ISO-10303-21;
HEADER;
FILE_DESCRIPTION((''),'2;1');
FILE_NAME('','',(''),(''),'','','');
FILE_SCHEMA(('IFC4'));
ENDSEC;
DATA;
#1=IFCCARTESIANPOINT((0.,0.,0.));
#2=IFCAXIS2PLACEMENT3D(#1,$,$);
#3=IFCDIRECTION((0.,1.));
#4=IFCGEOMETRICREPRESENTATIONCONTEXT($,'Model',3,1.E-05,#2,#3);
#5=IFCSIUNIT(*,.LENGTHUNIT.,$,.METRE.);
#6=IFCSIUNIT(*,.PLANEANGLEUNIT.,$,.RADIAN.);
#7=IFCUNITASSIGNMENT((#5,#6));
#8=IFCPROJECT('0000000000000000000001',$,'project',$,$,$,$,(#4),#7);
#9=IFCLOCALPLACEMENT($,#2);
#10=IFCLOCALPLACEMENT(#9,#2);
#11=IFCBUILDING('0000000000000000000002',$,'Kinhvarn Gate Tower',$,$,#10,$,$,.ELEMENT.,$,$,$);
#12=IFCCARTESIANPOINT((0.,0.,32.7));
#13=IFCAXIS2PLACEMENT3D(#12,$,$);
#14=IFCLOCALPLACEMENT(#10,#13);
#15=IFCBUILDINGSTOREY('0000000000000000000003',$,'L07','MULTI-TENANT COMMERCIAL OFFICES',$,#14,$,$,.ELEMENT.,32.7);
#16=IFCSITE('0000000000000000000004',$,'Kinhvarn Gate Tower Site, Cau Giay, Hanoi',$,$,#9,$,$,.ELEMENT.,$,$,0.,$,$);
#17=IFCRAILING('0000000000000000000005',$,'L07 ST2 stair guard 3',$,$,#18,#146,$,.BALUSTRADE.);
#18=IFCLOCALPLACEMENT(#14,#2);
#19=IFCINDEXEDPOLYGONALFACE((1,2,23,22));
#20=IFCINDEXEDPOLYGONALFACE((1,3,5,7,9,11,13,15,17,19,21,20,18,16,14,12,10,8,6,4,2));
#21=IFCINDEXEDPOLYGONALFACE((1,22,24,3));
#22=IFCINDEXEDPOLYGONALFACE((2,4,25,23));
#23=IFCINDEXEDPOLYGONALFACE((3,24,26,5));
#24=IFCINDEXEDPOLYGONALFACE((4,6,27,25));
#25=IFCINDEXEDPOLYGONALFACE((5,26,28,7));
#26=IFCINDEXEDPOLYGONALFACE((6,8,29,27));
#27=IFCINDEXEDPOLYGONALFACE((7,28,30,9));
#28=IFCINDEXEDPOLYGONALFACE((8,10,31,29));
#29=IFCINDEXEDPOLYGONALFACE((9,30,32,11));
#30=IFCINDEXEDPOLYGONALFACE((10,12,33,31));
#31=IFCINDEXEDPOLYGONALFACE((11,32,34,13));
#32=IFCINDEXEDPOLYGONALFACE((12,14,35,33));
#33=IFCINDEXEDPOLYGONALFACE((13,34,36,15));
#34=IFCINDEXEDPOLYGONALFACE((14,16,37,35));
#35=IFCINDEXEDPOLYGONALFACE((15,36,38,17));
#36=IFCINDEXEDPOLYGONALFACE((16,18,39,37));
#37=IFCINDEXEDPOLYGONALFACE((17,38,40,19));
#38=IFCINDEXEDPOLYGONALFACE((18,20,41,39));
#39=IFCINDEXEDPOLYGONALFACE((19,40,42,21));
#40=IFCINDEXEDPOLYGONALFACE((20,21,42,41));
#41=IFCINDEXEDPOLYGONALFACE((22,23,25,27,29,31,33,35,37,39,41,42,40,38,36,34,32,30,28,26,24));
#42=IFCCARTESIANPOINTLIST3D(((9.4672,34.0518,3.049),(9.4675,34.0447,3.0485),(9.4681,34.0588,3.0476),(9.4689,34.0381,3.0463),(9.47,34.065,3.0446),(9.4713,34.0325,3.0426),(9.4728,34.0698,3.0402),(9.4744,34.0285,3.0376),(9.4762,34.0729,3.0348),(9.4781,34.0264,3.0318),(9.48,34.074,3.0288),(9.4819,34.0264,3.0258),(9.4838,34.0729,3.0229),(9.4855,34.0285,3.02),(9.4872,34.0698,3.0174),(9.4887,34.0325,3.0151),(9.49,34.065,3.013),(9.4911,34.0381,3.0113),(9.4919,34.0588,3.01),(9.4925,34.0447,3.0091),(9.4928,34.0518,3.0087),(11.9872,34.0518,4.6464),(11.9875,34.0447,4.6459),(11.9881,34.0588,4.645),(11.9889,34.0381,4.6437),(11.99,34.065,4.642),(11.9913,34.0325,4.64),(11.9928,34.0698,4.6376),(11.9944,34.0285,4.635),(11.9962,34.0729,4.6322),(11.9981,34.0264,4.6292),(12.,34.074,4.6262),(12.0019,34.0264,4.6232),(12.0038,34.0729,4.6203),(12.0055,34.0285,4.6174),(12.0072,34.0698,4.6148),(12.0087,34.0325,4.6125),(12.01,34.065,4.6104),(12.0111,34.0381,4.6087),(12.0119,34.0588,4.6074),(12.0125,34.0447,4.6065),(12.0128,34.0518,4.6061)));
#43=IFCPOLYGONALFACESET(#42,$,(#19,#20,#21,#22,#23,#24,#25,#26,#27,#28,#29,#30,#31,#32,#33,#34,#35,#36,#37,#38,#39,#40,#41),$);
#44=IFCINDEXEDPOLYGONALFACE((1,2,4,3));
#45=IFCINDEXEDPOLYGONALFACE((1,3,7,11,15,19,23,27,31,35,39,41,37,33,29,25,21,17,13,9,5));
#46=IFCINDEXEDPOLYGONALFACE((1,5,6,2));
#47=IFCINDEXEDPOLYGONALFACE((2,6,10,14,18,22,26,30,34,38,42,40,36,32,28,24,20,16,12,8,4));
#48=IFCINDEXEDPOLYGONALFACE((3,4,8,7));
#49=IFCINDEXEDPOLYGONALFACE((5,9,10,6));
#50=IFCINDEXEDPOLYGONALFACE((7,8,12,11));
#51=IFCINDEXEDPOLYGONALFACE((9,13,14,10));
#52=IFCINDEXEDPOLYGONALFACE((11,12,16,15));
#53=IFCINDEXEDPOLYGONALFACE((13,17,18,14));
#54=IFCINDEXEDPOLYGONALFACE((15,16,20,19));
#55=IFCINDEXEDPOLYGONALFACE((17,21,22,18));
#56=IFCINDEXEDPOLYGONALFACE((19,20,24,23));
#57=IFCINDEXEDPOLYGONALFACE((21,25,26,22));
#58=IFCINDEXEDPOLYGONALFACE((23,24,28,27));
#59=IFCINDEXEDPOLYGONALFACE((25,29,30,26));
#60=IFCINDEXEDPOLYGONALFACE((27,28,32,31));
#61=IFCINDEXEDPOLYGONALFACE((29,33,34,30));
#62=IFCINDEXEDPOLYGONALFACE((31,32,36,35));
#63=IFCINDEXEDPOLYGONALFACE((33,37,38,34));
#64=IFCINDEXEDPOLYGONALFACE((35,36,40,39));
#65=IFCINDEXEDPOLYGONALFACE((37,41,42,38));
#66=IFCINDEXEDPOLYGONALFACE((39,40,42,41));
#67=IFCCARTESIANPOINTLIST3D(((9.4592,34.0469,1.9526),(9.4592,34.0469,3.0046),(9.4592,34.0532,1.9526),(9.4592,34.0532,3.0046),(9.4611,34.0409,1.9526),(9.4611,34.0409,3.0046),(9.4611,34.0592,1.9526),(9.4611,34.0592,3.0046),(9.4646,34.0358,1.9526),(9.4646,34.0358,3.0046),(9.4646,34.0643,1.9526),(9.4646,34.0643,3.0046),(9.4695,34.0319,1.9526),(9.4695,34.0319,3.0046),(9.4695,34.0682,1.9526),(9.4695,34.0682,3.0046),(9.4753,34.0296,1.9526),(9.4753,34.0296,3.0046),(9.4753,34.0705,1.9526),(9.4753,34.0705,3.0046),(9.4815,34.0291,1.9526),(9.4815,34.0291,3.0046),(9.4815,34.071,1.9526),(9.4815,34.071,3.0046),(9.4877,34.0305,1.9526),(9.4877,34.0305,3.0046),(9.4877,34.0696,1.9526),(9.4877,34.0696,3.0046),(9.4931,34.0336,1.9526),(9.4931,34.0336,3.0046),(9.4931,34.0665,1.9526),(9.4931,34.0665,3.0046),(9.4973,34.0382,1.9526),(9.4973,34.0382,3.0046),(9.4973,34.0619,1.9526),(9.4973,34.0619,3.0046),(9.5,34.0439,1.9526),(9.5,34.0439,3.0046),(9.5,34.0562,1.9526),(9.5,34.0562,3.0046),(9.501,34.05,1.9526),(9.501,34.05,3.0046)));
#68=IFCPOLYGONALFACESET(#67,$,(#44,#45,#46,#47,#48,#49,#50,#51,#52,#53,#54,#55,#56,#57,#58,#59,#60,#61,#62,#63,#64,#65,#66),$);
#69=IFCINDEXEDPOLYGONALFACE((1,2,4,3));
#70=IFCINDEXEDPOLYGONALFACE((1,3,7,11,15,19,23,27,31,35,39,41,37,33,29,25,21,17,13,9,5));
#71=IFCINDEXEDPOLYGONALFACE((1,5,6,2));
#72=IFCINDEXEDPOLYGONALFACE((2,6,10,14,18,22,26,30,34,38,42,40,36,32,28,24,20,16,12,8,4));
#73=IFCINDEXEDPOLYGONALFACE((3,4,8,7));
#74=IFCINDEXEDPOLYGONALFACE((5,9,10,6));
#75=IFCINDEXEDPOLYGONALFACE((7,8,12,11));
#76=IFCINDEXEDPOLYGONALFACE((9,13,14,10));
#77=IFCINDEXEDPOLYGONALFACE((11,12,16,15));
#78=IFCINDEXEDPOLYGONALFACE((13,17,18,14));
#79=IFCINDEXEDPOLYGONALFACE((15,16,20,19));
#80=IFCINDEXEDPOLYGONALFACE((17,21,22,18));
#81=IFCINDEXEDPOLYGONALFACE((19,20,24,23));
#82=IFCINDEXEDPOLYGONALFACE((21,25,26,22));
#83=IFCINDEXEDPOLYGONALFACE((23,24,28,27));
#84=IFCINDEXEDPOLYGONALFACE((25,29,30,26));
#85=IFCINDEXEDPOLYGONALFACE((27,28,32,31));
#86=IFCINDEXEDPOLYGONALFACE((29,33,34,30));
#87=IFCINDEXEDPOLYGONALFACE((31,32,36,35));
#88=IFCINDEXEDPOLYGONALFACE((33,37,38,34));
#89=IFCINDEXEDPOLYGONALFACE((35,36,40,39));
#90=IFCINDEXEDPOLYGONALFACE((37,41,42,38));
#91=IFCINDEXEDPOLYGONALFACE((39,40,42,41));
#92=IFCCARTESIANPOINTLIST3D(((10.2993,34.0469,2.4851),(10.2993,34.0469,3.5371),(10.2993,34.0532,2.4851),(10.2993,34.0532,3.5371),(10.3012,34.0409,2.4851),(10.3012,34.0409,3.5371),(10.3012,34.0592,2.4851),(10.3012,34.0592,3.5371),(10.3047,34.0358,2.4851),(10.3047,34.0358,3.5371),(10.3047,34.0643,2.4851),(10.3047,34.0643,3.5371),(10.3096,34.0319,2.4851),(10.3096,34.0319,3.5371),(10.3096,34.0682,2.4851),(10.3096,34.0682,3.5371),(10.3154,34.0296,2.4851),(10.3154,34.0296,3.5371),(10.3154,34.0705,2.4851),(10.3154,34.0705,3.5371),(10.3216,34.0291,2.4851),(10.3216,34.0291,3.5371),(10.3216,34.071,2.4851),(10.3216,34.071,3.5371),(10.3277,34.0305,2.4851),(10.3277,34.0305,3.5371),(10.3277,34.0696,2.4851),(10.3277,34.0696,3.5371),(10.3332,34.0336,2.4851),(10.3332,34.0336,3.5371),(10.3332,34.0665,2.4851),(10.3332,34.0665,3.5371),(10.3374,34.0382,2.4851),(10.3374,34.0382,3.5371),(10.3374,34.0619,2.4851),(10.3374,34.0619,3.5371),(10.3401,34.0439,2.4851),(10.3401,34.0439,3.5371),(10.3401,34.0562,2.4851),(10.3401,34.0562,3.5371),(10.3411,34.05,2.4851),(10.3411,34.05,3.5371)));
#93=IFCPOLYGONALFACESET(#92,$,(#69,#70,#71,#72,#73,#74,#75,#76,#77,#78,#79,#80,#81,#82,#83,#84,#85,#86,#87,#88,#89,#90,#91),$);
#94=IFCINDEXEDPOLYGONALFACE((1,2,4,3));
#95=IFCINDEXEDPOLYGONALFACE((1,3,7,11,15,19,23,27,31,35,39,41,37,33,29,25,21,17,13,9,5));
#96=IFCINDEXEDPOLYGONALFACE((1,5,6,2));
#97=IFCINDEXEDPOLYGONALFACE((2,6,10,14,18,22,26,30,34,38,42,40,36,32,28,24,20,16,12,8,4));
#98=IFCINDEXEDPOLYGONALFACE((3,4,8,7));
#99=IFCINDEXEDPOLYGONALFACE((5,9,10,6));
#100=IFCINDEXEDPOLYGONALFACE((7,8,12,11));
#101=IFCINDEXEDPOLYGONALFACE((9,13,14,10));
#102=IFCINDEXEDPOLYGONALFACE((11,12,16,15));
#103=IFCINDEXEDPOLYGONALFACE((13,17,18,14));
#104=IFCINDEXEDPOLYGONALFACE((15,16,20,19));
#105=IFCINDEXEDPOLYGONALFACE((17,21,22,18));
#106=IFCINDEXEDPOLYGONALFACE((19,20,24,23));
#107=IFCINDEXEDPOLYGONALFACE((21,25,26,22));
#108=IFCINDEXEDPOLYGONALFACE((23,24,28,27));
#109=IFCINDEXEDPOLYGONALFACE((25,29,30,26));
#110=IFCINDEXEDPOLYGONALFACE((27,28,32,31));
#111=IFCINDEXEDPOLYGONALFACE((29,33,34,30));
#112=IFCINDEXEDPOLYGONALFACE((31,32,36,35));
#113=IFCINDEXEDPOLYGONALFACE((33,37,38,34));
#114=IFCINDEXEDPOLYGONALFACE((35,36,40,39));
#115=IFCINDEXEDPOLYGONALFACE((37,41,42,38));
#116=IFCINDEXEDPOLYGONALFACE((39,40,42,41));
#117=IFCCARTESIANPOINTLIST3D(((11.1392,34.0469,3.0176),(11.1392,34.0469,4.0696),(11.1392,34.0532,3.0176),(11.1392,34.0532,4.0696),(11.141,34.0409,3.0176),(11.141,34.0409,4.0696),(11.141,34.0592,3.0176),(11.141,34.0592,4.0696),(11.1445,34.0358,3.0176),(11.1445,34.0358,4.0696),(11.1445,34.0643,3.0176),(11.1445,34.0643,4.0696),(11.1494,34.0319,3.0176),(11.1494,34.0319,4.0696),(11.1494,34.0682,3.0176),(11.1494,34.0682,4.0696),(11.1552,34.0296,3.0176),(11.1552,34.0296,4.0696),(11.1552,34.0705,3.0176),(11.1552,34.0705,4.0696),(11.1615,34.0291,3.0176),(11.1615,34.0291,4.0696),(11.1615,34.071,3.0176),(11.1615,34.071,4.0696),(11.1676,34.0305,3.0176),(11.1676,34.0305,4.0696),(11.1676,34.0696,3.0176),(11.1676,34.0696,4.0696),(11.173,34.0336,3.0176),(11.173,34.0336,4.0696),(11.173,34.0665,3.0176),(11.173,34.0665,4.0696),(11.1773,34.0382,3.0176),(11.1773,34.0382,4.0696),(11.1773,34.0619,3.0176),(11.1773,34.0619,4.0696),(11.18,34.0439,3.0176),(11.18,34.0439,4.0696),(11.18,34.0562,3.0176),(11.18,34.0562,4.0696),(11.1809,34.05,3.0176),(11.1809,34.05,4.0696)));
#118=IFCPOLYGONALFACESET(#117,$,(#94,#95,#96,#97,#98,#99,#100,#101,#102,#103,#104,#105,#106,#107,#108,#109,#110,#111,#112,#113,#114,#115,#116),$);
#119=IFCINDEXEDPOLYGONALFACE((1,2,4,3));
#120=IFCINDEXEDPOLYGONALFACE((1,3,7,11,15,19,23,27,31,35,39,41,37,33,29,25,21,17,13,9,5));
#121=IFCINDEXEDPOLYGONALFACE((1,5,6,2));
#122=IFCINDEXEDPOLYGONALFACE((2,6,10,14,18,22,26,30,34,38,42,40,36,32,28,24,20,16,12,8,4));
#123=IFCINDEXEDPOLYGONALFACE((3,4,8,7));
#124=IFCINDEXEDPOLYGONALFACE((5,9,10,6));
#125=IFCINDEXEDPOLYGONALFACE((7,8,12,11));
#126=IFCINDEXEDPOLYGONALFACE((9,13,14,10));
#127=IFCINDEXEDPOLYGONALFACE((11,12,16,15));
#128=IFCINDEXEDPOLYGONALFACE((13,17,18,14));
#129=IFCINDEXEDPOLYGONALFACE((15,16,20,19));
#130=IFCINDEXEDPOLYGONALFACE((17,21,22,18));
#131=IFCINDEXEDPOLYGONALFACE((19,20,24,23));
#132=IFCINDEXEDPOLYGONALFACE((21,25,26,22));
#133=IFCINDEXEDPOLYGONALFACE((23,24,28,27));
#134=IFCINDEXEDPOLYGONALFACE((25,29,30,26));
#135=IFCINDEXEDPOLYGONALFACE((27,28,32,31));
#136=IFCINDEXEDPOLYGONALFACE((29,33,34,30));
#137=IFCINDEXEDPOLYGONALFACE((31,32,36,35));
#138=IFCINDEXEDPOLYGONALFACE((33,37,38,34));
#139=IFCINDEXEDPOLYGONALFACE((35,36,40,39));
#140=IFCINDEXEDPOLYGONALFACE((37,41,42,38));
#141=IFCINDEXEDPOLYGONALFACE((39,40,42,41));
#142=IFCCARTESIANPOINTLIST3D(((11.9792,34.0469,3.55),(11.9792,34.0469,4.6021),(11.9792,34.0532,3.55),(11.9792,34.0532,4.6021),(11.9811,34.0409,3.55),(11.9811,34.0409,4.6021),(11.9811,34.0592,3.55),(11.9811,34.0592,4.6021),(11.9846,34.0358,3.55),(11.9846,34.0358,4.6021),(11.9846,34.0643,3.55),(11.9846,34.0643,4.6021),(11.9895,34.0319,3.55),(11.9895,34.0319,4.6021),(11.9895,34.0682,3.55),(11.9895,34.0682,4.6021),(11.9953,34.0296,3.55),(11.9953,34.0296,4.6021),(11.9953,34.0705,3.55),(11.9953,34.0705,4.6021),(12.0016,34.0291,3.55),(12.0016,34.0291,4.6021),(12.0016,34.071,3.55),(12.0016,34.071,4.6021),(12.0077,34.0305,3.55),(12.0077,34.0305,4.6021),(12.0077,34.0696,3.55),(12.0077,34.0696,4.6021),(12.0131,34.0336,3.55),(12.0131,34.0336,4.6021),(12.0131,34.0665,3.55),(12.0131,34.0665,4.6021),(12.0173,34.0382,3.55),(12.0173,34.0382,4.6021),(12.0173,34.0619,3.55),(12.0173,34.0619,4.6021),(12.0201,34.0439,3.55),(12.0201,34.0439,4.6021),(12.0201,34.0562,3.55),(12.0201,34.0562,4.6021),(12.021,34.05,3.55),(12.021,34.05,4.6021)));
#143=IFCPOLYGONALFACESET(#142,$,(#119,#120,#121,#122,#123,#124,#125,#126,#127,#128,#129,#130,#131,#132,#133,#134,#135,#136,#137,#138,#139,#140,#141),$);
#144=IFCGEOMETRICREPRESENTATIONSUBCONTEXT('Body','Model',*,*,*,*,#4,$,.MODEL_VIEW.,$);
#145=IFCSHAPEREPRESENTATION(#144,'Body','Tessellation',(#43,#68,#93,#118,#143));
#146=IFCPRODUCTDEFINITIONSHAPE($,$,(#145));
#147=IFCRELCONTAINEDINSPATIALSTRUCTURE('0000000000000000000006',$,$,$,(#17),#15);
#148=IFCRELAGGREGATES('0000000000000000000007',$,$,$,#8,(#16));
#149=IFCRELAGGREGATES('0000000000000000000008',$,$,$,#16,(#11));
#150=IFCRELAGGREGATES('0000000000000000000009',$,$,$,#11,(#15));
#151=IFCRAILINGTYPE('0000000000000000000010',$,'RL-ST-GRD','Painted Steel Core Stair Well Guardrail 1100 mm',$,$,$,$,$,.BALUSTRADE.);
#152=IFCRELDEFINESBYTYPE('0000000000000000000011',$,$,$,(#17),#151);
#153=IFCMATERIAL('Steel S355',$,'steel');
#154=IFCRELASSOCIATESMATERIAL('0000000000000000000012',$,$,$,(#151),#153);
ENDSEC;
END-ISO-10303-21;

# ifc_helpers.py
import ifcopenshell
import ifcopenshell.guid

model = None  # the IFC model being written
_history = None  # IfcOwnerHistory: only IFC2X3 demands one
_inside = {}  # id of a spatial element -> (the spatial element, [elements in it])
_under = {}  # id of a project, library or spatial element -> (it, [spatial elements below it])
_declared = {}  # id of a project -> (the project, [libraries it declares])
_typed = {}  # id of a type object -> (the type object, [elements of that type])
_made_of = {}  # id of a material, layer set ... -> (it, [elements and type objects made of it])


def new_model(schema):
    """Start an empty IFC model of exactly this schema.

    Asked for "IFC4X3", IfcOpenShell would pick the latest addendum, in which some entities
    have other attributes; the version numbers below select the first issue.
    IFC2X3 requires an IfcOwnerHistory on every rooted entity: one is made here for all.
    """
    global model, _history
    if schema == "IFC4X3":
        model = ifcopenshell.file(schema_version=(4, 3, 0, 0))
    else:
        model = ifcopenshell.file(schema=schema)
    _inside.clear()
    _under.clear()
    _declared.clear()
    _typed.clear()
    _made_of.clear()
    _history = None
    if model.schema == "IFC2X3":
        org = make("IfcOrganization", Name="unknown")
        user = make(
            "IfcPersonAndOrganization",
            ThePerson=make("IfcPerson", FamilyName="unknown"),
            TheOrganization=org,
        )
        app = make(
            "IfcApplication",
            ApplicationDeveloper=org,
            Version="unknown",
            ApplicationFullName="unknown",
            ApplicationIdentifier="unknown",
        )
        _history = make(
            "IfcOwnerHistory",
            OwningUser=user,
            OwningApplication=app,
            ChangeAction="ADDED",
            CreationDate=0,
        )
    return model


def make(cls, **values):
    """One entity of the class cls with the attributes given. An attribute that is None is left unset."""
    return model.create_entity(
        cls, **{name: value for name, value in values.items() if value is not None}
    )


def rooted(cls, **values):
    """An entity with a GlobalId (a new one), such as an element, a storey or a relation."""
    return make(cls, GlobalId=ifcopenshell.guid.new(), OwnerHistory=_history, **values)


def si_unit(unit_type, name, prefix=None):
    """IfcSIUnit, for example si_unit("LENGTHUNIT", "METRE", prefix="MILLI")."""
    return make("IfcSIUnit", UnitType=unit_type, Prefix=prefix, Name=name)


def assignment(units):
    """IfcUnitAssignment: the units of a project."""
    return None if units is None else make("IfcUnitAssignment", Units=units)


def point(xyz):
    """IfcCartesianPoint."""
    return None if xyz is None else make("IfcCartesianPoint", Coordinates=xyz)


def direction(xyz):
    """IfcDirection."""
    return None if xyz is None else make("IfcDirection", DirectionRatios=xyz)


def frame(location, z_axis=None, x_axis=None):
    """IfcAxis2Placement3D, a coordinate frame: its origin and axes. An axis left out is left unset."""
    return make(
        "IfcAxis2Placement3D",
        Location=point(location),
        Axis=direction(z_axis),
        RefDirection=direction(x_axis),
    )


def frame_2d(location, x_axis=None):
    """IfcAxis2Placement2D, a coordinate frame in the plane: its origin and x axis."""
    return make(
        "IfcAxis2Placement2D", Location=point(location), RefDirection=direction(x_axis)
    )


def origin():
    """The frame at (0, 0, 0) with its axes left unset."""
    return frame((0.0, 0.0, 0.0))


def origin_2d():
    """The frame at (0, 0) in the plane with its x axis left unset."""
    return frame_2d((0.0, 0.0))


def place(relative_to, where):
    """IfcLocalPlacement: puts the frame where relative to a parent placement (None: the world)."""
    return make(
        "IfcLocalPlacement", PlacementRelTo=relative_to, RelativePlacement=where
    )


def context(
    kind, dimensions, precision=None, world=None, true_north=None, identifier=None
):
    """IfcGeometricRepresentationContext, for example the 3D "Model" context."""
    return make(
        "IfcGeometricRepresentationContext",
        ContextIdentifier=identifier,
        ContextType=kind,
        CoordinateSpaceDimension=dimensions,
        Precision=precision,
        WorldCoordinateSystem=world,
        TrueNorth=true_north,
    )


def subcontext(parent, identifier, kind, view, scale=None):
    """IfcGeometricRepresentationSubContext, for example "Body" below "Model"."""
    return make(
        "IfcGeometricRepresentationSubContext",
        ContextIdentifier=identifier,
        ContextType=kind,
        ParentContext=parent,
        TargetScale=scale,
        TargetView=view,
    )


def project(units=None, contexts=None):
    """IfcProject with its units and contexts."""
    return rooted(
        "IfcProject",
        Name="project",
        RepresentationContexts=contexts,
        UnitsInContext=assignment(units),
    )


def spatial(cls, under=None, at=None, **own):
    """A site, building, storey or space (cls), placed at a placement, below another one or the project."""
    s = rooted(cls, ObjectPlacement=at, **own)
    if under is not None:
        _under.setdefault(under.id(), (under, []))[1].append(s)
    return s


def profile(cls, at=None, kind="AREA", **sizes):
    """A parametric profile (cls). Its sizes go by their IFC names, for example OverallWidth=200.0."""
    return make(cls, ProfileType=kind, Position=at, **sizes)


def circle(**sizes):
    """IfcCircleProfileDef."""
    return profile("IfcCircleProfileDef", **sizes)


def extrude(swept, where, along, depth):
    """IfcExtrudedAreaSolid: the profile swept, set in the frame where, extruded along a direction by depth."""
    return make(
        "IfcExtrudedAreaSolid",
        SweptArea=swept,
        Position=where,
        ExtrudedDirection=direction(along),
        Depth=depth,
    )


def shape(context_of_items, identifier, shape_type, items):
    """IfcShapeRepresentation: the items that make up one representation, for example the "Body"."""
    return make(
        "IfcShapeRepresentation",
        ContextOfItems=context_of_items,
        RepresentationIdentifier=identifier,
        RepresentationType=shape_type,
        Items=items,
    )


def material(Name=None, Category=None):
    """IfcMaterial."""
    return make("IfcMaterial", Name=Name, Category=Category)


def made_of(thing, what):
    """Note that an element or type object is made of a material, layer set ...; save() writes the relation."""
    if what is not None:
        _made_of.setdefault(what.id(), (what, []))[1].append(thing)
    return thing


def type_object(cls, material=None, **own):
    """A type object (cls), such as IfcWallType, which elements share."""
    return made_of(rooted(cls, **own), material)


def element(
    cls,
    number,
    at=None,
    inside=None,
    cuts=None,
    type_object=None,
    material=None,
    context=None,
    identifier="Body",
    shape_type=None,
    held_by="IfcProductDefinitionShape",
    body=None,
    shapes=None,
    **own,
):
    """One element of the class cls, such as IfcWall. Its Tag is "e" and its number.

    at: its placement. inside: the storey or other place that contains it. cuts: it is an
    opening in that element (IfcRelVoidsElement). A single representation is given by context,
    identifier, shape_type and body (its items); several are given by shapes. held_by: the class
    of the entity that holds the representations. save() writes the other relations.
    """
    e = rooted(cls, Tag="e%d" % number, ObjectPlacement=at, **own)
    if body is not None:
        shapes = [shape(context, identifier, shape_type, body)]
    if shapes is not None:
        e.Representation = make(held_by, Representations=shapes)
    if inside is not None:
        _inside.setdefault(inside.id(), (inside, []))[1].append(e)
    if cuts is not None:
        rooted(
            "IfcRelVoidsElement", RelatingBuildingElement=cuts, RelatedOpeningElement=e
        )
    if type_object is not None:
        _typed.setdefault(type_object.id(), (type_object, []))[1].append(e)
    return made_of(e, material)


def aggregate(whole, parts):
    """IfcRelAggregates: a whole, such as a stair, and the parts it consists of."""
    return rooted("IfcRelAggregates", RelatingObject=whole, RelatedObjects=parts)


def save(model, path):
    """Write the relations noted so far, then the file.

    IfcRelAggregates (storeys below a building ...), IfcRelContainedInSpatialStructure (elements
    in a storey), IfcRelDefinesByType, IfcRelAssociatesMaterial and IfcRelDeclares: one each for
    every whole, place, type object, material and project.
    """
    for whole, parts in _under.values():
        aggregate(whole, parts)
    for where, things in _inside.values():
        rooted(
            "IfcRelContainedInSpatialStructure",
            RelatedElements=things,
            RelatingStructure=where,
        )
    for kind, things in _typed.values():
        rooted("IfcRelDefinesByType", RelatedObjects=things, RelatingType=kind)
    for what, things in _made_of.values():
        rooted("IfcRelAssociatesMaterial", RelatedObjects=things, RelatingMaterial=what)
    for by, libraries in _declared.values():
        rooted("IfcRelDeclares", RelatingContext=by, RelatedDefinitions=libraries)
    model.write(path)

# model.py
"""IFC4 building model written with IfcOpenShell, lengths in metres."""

from ifc_helpers import new_model, si_unit, direction, frame, origin, origin_2d, place, context, subcontext, project, spatial, circle, extrude, material, type_object, element, save


model = new_model("IFC4")

# Units and contexts
model_context = context("Model", 3, precision=1e-05, world=origin(), true_north=direction((0.0, 1.0)))
body_context = subcontext(model_context, "Body", "Model", "MODEL_VIEW")
ifc_project = project(units=[si_unit("LENGTHUNIT", "METRE"), si_unit("PLANEANGLEUNIT", "RADIAN")], contexts=[model_context])

# Site, building, storey
site_placement = place(None, origin())
site = spatial("IfcSite", under=ifc_project, at=site_placement, Name="Kinhvarn Gate Tower Site, Cau Giay, Hanoi", CompositionType="ELEMENT", RefElevation=0.0)
building_placement = place(site_placement, origin())
building = spatial("IfcBuilding", under=site, at=building_placement, Name="Kinhvarn Gate Tower", CompositionType="ELEMENT")
storey_placement = place(building_placement, frame((0.0, 0.0, 32.7)))
storey = spatial("IfcBuildingStorey", under=building, at=storey_placement, Name="L07", Description="MULTI-TENANT COMMERCIAL OFFICES", CompositionType="ELEMENT", Elevation=32.7)

# Shared definitions
ifc_material_1 = material(Name="Steel S355", Category="steel")

# Railing
railing_type_1 = type_object("IfcRailingType", Name="RL-ST-GRD", Description="Painted Steel Core Stair Well Guardrail 1100 mm", PredefinedType="BALUSTRADE", material=ifc_material_1)
railing_1_placement = place(storey_placement, frame((9.48, 34.05, 1.9526)))
element("IfcRailing", 1, at=railing_1_placement, inside=storey, type_object=railing_type_1, Name="L07 ST2 stair guard 3", PredefinedType="BALUSTRADE", context=body_context, shape_type="SweptSolid", body=[
    extrude(circle(Radius=0.0239, at=origin_2d()), frame((0.0, 0.0, 1.0762), z_axis=(0.844607, 0.0, 0.535387), x_axis=(0.0, 1.0, 0.0)), (0.0, 0.0, 1.0), 2.9836),
    extrude(circle(Radius=0.021, at=origin_2d()), origin(), (0.0, 0.0, 1.0), 1.052),
    extrude(circle(Radius=0.021, at=origin_2d()), frame((0.8401, 0.0, 0.5325)), (0.0, 0.0, 1.0), 1.052),
    extrude(circle(Radius=0.021, at=origin_2d()), frame((1.6799, 0.0, 1.0649)), (0.0, 0.0, 1.0), 1.052),
    extrude(circle(Radius=0.021, at=origin_2d()), frame((2.52, 0.0, 1.5974)), (0.0, 0.0, 1.0), 1.052),
])

save(model, "model.ifc")
